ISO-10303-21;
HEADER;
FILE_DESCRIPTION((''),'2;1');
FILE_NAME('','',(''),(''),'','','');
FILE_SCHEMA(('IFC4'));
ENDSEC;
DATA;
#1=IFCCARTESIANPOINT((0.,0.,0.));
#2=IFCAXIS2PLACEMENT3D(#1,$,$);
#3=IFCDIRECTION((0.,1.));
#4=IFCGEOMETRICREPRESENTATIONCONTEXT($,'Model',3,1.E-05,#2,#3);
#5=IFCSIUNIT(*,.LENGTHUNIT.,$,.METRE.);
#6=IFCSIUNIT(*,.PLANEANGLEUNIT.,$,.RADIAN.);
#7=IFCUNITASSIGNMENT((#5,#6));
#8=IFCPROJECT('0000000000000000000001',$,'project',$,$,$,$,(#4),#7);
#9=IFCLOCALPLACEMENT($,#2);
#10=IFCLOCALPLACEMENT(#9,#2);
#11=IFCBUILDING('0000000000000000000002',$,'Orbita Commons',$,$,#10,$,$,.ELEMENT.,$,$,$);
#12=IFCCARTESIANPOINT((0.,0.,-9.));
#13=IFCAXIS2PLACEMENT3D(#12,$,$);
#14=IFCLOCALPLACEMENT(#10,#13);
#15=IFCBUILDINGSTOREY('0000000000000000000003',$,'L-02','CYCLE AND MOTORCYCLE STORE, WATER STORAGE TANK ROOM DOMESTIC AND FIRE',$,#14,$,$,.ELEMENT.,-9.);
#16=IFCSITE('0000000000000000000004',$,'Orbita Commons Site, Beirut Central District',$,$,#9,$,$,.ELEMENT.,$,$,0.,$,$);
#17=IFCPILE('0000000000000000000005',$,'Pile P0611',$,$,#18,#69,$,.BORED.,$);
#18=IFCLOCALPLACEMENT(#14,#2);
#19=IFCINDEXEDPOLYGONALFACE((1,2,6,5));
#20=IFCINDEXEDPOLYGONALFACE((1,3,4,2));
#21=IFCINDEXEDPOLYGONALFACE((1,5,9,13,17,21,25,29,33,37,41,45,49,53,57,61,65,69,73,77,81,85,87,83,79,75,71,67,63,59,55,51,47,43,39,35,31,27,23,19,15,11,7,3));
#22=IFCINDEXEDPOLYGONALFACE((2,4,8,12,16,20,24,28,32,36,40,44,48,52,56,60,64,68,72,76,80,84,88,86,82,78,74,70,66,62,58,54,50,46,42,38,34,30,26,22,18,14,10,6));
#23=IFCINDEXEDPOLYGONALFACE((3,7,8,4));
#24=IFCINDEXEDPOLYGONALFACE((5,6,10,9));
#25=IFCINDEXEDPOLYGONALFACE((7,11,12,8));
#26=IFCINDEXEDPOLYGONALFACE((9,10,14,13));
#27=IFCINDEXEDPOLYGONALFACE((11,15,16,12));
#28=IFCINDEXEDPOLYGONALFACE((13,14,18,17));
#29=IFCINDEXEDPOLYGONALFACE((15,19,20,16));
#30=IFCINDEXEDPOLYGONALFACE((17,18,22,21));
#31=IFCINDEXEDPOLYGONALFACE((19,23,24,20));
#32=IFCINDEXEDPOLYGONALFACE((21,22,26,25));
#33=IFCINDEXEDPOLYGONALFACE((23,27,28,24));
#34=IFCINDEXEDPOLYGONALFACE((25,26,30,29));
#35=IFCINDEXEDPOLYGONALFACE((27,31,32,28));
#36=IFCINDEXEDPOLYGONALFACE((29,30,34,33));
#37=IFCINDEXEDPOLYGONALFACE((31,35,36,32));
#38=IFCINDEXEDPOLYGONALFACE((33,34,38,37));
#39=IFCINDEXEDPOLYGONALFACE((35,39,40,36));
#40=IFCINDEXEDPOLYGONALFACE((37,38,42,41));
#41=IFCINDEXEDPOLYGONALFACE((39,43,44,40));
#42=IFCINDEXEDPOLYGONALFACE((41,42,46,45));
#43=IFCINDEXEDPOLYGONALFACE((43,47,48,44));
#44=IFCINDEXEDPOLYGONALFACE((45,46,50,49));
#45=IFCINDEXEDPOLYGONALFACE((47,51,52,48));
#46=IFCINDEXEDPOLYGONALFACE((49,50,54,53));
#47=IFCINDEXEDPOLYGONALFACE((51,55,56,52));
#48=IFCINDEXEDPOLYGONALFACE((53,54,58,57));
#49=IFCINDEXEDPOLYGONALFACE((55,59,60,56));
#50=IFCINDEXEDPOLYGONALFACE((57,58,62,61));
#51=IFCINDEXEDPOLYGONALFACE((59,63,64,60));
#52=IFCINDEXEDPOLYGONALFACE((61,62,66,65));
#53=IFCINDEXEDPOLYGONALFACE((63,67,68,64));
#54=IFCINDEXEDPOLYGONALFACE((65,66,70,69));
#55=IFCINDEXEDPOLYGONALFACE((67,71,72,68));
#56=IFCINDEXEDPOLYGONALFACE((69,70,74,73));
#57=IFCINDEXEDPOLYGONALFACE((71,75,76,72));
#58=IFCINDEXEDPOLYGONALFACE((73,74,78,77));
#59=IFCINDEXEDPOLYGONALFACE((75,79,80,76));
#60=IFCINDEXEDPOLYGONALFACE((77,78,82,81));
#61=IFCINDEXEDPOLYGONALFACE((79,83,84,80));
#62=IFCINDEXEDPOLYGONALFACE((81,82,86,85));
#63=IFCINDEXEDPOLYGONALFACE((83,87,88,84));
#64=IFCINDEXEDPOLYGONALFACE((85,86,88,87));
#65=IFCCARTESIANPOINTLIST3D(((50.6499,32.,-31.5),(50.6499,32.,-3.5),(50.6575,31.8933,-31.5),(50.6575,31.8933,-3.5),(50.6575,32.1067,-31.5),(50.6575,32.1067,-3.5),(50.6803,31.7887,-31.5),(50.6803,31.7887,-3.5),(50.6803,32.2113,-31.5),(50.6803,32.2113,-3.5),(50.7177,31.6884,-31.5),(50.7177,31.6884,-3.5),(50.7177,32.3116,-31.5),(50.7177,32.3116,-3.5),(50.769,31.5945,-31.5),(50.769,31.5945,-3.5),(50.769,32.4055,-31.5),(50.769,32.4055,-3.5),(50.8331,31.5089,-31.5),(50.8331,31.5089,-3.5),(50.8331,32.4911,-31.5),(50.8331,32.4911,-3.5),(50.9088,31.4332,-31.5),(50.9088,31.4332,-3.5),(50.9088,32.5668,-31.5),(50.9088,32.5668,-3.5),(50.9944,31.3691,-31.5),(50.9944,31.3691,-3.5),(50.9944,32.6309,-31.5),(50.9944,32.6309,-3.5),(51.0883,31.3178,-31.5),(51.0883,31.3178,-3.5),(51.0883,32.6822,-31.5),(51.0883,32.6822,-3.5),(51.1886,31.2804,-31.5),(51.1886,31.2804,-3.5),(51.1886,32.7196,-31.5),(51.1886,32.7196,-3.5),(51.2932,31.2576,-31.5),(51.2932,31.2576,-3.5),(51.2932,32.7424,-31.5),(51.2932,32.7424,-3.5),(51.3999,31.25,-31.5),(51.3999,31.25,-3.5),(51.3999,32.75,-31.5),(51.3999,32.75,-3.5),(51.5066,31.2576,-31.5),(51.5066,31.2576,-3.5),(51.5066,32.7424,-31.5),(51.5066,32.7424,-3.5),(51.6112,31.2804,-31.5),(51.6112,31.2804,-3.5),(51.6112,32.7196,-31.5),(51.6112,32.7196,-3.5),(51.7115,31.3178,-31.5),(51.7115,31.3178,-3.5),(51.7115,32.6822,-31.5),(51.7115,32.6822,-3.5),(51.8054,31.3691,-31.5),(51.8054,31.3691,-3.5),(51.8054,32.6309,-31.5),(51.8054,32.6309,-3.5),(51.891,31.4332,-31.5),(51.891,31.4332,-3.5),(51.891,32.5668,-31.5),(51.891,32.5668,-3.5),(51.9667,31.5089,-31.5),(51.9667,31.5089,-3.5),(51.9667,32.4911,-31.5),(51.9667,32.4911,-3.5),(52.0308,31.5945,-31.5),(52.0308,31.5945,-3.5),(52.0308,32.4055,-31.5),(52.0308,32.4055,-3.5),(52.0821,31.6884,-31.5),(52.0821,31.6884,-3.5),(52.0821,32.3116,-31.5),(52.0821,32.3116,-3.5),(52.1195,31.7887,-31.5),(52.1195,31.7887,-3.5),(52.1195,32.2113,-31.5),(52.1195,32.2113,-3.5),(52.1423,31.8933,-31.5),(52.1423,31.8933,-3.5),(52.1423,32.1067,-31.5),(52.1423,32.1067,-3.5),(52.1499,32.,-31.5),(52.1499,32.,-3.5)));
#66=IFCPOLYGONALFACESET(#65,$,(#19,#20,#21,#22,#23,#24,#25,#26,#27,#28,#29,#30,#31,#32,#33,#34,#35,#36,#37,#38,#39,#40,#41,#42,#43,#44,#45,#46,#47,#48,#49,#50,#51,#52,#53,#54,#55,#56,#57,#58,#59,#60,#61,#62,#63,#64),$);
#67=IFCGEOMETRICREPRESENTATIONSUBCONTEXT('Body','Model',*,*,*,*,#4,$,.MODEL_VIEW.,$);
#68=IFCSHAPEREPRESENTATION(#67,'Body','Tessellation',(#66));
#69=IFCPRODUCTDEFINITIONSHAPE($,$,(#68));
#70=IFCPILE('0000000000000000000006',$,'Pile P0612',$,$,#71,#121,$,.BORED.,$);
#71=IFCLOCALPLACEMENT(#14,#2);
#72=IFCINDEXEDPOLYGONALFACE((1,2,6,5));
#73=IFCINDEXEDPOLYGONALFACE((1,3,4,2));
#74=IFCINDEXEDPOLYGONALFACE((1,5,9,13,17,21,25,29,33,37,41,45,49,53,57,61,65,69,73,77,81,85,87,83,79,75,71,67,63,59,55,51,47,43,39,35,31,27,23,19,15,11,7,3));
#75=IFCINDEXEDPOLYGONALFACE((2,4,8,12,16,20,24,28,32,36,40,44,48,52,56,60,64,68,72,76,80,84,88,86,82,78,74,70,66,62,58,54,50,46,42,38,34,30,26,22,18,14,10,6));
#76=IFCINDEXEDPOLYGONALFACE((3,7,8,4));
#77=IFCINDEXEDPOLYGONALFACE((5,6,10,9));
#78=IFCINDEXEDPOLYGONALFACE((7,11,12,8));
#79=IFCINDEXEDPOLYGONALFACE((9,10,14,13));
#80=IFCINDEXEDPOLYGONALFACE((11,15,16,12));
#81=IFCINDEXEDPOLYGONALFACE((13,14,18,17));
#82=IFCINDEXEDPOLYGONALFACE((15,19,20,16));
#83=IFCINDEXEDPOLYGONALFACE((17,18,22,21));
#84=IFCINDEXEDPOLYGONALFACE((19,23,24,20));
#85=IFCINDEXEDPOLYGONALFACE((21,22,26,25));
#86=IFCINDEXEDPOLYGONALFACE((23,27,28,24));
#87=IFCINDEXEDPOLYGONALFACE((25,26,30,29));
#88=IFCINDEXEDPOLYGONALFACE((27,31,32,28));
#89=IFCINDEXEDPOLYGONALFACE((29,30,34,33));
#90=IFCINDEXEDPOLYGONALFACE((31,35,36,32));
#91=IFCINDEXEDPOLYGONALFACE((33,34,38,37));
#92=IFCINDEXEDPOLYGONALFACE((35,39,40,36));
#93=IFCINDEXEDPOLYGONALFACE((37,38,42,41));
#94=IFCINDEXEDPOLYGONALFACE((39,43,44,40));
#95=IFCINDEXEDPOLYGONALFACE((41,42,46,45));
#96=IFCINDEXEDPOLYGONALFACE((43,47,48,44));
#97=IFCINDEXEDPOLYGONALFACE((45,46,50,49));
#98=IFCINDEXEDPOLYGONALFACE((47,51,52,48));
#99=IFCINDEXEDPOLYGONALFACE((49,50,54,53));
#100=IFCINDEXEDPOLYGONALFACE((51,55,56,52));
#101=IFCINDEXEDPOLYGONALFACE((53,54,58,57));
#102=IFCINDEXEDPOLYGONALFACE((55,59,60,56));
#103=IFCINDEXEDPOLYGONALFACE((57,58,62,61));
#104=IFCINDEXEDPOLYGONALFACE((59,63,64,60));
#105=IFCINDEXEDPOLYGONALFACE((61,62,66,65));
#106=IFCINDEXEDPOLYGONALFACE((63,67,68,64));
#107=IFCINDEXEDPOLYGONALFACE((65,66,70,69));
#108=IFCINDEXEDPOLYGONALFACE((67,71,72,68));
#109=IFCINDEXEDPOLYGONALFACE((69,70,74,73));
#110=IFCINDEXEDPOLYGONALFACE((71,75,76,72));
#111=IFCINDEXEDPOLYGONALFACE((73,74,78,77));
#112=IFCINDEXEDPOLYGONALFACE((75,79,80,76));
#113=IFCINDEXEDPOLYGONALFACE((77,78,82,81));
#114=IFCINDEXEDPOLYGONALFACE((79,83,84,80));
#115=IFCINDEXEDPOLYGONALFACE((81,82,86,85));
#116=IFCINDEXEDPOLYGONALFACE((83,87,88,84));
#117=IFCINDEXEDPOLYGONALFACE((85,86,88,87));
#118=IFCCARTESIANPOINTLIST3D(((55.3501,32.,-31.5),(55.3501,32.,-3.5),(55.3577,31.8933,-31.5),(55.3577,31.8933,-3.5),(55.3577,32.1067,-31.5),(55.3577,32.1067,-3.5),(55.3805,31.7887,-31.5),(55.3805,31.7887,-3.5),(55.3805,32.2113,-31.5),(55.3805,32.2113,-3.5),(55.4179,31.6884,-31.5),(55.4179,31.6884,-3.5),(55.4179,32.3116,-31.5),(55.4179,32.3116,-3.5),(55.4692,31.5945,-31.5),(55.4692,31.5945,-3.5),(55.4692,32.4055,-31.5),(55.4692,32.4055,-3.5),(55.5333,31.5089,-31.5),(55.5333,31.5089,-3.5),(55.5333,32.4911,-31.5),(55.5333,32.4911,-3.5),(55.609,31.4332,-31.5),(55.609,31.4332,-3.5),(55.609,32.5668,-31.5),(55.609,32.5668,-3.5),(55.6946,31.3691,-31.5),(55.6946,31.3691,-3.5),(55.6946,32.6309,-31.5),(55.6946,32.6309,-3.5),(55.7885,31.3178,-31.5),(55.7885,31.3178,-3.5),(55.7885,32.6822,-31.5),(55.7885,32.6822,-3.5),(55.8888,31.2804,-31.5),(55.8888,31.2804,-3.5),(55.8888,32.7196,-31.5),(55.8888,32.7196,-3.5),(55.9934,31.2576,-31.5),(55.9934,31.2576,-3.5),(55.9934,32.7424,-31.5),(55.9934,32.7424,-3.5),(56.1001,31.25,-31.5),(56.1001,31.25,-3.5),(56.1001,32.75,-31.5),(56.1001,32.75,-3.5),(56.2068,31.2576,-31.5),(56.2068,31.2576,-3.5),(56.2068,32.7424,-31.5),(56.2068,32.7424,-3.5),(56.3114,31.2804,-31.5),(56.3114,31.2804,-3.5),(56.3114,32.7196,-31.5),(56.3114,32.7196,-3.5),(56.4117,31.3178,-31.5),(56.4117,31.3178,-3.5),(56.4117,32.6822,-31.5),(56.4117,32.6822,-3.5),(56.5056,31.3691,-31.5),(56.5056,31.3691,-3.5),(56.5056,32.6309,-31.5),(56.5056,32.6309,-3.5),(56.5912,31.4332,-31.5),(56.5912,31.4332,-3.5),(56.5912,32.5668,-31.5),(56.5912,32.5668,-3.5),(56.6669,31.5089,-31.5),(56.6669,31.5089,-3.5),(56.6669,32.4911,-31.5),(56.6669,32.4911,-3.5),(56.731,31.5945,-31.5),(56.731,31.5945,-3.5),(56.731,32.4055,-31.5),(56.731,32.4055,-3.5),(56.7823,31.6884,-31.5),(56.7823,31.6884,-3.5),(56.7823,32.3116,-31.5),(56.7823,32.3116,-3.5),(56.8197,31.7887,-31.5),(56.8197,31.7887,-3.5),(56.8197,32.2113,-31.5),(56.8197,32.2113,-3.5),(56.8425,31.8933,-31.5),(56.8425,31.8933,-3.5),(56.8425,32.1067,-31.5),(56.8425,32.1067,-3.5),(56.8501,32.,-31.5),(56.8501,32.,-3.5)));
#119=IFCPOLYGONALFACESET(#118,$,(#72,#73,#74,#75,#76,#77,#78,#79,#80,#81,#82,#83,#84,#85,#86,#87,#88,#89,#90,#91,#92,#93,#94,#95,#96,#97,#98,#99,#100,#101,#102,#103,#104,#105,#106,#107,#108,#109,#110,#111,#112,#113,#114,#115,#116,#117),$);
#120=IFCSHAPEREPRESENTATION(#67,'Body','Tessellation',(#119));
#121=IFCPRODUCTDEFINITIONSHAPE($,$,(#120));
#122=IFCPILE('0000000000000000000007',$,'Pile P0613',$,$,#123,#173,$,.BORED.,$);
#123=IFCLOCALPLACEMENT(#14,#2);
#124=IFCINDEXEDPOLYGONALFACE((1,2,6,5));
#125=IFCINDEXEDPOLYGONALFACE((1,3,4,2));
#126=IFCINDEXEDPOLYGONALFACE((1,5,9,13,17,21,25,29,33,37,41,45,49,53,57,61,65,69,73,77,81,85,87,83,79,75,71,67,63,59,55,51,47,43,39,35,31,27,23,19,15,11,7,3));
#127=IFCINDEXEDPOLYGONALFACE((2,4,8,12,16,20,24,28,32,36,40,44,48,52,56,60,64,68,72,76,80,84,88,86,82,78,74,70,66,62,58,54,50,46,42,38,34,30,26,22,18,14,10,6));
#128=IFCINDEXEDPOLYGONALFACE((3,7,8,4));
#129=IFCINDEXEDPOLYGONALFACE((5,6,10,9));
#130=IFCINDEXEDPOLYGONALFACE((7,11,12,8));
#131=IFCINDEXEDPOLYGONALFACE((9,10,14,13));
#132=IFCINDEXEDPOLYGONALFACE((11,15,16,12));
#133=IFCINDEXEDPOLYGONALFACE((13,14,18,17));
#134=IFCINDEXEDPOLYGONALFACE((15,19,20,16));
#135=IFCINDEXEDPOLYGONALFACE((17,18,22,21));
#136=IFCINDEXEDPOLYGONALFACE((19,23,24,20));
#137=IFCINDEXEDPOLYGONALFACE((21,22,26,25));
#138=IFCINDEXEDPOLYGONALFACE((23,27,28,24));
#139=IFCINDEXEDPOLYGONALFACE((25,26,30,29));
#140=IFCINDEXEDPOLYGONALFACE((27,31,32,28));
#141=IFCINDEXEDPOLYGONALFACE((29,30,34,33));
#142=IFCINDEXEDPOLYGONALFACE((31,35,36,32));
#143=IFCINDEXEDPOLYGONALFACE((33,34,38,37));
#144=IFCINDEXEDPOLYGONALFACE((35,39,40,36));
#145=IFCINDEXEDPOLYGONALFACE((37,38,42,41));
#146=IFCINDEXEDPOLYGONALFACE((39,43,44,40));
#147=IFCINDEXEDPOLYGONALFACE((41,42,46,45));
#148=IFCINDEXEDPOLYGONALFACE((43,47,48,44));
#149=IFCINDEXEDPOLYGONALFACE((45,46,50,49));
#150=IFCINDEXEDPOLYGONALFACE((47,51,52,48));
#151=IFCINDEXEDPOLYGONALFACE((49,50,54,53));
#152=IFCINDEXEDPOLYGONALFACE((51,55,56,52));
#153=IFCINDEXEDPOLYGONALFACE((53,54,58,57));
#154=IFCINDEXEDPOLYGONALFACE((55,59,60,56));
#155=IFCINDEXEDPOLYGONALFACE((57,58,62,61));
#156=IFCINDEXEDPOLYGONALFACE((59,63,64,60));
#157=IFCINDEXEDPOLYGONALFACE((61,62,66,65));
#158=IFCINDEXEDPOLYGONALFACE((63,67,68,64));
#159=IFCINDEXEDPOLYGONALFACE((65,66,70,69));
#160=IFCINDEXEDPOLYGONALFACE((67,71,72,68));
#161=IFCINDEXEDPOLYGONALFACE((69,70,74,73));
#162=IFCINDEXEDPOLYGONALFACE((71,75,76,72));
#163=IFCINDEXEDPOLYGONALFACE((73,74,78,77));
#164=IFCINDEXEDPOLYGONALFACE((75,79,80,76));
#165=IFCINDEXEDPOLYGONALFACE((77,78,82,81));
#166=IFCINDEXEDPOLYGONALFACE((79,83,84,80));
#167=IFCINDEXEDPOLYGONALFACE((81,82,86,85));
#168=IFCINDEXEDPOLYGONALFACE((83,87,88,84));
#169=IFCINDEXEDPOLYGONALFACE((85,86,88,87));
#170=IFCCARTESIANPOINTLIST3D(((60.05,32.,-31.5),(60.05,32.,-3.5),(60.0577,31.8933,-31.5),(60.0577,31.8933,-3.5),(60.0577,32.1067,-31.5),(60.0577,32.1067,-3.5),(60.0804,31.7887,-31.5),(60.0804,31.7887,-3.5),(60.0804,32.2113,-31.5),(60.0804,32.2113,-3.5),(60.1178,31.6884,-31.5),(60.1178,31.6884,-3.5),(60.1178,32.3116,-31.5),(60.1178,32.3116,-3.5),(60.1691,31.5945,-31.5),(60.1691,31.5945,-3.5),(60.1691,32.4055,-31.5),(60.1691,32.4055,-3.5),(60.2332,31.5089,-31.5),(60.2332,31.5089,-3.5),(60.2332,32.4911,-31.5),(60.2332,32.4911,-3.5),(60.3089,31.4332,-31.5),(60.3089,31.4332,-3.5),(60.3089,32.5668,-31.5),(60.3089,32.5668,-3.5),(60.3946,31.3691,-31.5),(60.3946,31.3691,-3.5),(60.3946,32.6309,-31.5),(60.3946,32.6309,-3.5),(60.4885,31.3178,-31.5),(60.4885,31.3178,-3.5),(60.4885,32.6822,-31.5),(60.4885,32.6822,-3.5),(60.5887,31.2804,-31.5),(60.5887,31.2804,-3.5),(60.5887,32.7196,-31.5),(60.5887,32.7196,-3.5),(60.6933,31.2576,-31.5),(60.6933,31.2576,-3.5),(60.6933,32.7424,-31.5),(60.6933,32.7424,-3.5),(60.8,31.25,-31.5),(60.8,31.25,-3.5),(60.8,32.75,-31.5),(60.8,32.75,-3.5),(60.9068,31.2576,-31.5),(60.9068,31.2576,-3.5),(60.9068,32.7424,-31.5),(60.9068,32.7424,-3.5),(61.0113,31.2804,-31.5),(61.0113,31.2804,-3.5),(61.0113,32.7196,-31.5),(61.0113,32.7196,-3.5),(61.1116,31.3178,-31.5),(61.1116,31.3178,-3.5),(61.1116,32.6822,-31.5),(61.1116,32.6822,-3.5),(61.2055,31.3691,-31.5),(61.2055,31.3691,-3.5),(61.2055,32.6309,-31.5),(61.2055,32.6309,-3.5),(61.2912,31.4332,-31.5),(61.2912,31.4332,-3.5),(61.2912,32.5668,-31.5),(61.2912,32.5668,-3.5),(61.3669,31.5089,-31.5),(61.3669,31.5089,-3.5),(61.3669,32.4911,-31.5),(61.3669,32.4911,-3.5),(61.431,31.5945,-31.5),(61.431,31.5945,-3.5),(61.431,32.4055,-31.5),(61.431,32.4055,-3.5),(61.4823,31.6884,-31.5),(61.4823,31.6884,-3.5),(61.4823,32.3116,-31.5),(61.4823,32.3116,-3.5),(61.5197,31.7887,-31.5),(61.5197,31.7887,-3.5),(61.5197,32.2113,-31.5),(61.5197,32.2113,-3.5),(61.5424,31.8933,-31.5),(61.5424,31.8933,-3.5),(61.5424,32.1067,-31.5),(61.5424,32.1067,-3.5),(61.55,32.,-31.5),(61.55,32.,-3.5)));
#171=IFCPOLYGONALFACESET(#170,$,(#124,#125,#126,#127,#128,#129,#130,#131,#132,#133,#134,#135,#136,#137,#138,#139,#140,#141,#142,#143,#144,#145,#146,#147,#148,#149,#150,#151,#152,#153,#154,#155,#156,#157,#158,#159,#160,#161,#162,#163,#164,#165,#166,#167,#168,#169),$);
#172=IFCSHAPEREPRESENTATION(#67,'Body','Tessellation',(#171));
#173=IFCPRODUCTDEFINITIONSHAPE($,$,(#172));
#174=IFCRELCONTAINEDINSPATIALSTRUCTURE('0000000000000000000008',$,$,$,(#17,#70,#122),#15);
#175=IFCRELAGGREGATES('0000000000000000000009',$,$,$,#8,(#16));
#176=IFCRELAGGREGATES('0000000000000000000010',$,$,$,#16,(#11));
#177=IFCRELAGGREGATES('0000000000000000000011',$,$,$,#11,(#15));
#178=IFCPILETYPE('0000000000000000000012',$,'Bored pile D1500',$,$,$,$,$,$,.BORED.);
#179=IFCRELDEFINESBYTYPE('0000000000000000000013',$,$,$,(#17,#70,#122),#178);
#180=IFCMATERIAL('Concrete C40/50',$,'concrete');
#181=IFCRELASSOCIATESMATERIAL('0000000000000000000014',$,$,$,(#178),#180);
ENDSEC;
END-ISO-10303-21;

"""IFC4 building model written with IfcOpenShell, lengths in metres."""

from ifc_helpers import new_model, si_unit, direction, frame, origin, origin_2d, place, context, subcontext, project, spatial, circle, extrude, material, material_profile, profile_set, type_object, element, save


model = new_model("IFC4")

# Units and contexts
model_context = context("Model", 3, precision=1e-05, world=origin(), true_north=direction((0.0, 1.0)))
body_context = subcontext(model_context, "Body", "Model", "MODEL_VIEW")
ifc_project = project(units=[si_unit("LENGTHUNIT", "METRE"), si_unit("PLANEANGLEUNIT", "RADIAN")], contexts=[model_context])

# Site, building, storey
site_placement = place(None, origin())
site = spatial("IfcSite", under=ifc_project, at=site_placement, Name="Orbita Commons Site, Beirut Central District", CompositionType="ELEMENT", RefElevation=0.0)
building_placement = place(site_placement, origin())
building = spatial("IfcBuilding", under=site, at=building_placement, Name="Orbita Commons", CompositionType="ELEMENT")
storey_placement = place(building_placement, frame((0.0, 0.0, -9.0)))
storey = spatial("IfcBuildingStorey", under=building, at=storey_placement, Name="L-02", Description="CYCLE AND MOTORCYCLE STORE, WATER STORAGE TANK ROOM DOMESTIC AND FIRE", CompositionType="ELEMENT", Elevation=-9.0)

# Piles
ifc_material_1 = material(Name="Concrete C40/50", Category="concrete")
ifc_material_profile = material_profile(ifc_material_1, circle(Radius=0.75, at=origin_2d()), Name="RC D1500")
ifc_profile_set = profile_set([ifc_material_profile], Name="Concrete C40/50")
pile_type = type_object("IfcPileType", Name="Bored pile D1500", PredefinedType="BORED", material=ifc_profile_set)
for number, where, z_axis, x_axis, name in (
    (1, (51.3999, 32.0, -3.5), (0.0, 0.0, -1.0), (1.0, 0.0, 0.0), "Pile P0611"),
    (2, (56.1001, 32.0, -3.5), (0.0, 0.0, -1.0), (1.0, 0.0, 0.0), "Pile P0612"),
    (3, (60.8, 32.0, -3.5), (0.0, 0.0, -1.0), (1.0, 0.0, 0.0), "Pile P0613"),
):
    element("IfcPile", number, at=place(storey_placement, frame(where, z_axis=z_axis, x_axis=x_axis)), inside=storey, type_object=pile_type, Name=name, PredefinedType="BORED", context=body_context, shape_type="SweptSolid", body=[
        extrude(circle(Radius=0.75, at=origin_2d()), origin(), (0.0, 0.0, 1.0), 28.0),
    ])

save(model, "model.ifc")
